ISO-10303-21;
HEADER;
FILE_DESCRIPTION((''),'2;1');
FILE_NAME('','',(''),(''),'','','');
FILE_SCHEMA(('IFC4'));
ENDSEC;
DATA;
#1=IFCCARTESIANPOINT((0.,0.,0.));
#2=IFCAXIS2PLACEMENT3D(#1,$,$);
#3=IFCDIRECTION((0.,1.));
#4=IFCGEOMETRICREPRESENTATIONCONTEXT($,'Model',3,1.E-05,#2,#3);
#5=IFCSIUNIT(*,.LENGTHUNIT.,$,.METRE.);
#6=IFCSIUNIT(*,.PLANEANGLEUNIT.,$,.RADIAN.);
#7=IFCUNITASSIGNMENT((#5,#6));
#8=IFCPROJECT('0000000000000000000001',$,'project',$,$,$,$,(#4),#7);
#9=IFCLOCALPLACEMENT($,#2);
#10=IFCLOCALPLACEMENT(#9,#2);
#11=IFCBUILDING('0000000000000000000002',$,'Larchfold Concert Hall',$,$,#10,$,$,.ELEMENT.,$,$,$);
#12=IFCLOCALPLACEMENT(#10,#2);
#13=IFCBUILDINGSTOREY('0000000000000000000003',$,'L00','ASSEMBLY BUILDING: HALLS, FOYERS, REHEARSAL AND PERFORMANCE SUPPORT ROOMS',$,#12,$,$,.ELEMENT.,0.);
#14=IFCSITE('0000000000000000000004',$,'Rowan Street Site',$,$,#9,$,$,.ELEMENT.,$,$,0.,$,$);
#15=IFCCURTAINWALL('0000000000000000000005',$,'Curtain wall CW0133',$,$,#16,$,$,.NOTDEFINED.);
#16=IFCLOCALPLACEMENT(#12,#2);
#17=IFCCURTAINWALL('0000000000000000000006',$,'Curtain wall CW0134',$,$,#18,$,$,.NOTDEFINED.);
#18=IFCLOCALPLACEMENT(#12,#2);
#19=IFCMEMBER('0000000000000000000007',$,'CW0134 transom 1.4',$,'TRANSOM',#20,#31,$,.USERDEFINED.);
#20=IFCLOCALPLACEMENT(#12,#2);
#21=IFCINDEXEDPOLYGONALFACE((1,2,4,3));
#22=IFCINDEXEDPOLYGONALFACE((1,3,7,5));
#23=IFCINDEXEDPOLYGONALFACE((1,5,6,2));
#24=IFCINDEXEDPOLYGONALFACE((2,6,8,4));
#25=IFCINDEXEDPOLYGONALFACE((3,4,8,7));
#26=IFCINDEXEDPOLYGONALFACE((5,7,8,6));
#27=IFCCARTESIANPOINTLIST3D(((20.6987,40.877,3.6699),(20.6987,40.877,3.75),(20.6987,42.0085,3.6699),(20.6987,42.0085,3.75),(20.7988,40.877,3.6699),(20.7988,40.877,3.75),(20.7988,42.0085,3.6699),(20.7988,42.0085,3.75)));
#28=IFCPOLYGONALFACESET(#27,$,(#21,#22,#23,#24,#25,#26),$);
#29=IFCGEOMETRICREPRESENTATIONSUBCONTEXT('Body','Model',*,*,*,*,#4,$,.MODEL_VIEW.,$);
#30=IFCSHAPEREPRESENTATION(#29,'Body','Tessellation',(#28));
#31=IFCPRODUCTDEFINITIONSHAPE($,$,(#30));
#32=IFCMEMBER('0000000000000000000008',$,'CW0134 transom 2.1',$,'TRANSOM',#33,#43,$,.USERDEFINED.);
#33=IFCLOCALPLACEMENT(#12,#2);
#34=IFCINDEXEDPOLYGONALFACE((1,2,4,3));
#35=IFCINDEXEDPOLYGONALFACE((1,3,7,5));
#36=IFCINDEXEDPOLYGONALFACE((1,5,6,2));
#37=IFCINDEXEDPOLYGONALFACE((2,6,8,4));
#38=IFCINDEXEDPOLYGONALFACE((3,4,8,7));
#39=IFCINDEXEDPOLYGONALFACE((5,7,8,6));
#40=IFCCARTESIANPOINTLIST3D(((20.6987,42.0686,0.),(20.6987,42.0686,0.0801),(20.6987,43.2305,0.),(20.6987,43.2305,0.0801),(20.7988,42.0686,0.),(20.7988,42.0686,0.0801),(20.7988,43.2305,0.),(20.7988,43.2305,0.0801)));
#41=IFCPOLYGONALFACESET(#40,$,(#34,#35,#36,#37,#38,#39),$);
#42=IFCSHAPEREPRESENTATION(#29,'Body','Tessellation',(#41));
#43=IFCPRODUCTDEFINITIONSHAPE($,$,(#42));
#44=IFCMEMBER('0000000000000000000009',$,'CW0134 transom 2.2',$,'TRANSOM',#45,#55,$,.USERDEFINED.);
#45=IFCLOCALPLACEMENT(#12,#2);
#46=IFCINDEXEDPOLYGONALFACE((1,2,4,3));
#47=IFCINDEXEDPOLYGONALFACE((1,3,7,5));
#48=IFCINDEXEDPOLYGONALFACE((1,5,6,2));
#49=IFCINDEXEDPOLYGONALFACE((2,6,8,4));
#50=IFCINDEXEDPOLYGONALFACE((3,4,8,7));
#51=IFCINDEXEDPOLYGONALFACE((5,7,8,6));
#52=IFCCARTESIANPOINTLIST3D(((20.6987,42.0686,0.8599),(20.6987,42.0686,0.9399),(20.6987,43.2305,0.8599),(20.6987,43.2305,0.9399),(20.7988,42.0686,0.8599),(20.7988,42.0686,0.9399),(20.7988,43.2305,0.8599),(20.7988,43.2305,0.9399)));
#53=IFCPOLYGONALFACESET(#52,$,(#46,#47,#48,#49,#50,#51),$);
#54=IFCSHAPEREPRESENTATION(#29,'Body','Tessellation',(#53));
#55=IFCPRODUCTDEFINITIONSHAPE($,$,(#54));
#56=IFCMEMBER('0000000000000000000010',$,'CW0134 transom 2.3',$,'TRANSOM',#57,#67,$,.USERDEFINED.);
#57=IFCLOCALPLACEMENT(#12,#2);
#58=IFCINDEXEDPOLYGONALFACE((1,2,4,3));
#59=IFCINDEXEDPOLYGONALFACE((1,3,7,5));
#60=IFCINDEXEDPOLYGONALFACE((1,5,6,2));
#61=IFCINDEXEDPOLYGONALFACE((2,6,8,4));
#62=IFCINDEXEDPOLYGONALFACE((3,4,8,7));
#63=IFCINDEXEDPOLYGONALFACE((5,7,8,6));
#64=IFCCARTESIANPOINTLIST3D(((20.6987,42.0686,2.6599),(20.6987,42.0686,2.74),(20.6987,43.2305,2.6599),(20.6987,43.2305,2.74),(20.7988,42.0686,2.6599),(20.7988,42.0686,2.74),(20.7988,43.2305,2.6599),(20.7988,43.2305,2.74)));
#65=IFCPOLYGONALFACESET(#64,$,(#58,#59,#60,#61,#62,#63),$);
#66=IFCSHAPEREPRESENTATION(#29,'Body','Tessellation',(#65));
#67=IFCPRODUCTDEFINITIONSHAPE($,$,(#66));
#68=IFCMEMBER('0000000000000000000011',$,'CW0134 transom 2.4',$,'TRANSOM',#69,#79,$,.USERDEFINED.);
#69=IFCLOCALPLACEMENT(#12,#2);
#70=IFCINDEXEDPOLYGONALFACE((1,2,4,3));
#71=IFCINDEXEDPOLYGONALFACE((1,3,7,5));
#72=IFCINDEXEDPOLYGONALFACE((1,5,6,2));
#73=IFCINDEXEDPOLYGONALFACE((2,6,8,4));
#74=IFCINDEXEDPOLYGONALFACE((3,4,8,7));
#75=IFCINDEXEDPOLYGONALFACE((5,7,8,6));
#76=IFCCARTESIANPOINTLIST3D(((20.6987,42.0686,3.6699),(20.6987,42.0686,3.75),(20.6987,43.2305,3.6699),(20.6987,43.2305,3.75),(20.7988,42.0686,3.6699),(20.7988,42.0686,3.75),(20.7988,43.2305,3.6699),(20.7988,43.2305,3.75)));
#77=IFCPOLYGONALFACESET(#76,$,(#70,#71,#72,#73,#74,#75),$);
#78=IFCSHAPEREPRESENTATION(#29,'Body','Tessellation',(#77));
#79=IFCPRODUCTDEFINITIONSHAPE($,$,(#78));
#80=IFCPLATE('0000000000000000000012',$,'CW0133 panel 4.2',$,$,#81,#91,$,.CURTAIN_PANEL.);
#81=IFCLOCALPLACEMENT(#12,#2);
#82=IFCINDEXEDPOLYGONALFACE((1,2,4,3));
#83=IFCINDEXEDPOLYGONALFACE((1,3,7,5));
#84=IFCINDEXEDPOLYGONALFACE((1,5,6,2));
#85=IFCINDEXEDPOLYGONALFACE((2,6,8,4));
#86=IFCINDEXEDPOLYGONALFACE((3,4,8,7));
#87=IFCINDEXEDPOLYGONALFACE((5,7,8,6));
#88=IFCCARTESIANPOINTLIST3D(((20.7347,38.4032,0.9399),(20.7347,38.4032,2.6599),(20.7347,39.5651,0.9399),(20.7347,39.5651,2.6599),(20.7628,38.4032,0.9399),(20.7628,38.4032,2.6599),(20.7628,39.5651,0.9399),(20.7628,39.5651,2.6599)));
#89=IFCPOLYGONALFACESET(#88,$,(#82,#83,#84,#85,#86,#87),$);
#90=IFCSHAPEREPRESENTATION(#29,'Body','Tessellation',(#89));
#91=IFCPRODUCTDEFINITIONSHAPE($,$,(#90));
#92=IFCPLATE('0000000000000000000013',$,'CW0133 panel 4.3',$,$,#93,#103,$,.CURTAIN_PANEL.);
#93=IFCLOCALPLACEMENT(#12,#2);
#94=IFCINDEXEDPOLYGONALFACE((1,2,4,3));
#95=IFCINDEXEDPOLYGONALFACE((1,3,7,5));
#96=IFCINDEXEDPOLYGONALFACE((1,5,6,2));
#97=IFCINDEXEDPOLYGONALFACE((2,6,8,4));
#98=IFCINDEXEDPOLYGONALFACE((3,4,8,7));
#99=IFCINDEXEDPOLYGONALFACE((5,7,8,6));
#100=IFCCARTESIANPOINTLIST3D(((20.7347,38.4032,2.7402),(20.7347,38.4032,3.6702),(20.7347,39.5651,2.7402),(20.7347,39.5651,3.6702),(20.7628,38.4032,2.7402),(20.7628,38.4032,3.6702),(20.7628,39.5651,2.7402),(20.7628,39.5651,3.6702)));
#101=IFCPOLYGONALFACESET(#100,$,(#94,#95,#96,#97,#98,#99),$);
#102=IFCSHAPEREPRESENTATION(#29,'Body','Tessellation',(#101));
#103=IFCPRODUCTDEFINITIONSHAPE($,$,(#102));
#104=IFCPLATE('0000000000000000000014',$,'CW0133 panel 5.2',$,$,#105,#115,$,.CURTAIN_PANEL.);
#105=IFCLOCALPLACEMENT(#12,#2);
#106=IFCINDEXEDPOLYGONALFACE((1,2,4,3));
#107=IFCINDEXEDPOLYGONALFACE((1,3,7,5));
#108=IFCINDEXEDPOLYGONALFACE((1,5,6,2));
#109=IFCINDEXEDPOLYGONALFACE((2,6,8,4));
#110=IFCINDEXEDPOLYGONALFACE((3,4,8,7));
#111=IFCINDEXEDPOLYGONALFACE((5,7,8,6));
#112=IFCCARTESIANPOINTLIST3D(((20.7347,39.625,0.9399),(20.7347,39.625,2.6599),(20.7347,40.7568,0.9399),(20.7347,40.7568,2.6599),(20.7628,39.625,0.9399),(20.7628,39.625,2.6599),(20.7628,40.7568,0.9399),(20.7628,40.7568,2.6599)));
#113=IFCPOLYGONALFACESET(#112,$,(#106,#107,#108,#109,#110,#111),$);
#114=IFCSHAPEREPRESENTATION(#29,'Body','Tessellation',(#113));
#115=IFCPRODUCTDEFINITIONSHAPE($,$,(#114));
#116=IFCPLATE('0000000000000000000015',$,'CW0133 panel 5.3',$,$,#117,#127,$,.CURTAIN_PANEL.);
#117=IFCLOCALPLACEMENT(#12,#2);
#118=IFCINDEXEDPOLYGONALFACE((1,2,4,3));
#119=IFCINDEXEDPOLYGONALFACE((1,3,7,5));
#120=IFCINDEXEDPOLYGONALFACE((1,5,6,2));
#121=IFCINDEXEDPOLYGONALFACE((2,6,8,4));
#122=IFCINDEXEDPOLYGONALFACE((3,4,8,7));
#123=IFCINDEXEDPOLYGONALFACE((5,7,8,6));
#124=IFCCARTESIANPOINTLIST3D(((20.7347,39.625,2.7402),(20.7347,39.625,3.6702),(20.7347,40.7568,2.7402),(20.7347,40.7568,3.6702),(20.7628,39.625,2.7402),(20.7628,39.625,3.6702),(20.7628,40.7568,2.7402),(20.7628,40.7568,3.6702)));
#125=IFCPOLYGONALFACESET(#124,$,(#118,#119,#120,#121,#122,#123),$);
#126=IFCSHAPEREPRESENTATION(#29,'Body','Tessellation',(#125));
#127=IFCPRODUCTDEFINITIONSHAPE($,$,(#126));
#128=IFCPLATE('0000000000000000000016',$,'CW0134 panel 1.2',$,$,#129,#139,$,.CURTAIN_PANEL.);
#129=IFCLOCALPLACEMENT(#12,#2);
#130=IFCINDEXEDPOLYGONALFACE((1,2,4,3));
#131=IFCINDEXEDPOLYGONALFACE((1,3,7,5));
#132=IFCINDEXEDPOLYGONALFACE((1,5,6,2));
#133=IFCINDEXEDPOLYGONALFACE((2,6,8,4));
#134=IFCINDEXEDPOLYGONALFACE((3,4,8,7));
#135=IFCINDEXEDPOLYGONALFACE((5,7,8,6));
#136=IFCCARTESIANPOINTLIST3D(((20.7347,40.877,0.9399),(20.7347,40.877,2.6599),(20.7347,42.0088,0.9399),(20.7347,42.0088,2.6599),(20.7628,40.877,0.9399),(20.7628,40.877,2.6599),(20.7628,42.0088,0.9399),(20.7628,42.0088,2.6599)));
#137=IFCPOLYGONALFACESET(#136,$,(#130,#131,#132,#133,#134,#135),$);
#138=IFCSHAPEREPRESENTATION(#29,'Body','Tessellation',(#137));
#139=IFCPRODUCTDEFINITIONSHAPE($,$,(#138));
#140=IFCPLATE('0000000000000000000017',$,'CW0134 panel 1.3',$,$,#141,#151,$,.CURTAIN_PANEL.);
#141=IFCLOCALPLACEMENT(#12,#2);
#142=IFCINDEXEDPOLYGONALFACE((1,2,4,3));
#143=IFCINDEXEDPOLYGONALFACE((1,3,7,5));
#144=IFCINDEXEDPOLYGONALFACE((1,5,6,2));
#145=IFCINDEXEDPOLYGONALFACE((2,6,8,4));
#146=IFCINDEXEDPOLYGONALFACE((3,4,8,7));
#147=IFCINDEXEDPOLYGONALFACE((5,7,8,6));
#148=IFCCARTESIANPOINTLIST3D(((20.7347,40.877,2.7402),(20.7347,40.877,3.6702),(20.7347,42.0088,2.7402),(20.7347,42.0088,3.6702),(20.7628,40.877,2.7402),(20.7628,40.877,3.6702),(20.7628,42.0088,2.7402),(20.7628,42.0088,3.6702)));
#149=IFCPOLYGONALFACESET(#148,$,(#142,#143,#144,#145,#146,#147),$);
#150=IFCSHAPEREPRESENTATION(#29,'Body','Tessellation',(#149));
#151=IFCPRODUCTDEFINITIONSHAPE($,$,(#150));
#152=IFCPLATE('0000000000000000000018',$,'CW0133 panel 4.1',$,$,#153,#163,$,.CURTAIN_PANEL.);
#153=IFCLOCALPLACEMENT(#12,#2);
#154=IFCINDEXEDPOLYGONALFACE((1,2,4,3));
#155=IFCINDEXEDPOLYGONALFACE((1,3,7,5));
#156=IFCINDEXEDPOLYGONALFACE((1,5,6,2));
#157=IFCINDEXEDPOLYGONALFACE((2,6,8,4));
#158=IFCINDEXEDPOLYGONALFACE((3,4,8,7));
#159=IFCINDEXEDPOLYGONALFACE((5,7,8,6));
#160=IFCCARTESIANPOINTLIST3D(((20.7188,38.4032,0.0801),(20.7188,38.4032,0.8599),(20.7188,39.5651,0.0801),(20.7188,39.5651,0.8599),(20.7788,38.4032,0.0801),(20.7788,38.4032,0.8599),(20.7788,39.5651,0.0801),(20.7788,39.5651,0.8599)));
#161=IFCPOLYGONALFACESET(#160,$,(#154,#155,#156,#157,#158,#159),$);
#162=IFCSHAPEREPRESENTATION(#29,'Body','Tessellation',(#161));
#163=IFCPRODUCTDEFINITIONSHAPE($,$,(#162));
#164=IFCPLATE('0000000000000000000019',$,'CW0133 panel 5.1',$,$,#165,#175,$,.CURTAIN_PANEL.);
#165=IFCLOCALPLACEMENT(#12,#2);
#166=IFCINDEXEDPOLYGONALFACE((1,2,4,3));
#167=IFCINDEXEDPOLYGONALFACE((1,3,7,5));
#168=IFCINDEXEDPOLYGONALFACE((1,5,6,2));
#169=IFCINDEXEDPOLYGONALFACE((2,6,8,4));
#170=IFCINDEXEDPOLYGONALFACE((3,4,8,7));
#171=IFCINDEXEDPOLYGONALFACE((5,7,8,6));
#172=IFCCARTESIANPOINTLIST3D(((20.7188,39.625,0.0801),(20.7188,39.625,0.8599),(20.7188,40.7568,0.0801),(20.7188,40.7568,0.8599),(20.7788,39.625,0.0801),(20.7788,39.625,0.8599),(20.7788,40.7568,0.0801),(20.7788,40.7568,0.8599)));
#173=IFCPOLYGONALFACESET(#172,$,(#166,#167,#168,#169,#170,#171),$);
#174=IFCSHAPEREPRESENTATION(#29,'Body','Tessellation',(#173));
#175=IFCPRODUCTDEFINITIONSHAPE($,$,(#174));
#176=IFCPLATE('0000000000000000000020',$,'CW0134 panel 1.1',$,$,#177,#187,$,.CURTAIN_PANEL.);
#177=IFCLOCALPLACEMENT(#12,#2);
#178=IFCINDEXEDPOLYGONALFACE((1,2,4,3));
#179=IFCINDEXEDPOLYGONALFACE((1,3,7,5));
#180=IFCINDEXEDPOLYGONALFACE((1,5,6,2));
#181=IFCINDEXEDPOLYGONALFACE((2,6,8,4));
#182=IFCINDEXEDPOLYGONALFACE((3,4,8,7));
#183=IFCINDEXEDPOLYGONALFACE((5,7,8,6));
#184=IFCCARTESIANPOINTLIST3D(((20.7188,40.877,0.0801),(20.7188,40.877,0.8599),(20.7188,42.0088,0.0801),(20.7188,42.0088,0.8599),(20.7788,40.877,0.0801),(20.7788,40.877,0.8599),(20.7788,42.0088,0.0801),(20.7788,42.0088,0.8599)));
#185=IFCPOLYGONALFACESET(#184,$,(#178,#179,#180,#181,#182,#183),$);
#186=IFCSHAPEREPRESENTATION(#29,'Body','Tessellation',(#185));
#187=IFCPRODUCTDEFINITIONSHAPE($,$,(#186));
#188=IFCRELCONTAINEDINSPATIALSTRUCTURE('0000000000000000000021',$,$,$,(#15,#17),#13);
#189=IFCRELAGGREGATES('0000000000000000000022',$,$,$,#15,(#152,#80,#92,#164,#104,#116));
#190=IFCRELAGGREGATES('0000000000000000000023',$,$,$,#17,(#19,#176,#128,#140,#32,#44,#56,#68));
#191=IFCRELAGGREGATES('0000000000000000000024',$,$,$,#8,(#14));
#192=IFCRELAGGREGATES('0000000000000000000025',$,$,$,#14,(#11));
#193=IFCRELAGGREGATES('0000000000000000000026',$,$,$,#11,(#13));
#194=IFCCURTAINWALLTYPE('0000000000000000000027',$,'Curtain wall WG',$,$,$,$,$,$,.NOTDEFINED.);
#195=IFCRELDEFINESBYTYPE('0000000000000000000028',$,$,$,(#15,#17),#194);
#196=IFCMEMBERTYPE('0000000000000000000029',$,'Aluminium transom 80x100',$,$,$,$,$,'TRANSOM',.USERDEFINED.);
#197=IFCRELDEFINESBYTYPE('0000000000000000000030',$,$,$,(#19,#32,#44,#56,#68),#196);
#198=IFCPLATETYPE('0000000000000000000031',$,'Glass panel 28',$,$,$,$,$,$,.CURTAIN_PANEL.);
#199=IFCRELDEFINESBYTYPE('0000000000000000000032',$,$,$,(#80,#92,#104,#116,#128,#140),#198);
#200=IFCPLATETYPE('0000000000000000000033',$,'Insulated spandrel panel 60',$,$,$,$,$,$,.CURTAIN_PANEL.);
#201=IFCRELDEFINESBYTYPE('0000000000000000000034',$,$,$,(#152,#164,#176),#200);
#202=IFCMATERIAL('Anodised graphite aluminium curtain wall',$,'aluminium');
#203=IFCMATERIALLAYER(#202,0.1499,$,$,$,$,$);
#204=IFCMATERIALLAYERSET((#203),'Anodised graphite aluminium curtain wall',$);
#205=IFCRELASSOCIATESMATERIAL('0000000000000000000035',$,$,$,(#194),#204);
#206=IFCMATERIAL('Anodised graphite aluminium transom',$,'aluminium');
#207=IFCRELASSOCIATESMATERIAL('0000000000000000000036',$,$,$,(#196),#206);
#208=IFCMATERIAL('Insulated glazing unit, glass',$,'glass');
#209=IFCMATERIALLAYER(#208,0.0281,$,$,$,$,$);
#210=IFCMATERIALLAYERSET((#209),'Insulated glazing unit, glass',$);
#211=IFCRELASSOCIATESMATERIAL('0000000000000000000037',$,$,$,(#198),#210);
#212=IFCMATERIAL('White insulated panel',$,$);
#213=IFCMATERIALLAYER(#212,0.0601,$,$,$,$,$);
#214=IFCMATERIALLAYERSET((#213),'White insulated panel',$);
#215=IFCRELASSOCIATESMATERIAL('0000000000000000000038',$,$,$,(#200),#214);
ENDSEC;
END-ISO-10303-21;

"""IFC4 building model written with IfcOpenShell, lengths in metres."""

from ifc_helpers import new_model, si_unit, direction, frame, origin, origin_2d, place, context, subcontext, project, spatial, rectangle, extrude, material, layer, layer_set, material_profile, profile_set, type_object, element, aggregate, save


model = new_model("IFC4")

# Units and contexts
model_context = context("Model", 3, precision=1e-05, world=origin(), true_north=direction((0.0, 1.0)))
body_context = subcontext(model_context, "Body", "Model", "MODEL_VIEW")
ifc_project = project(units=[si_unit("LENGTHUNIT", "METRE"), si_unit("PLANEANGLEUNIT", "RADIAN")], contexts=[model_context])

# Site, building, storey
site_placement = place(None, origin())
site = spatial("IfcSite", under=ifc_project, at=site_placement, Name="Rowan Street Site", CompositionType="ELEMENT", RefElevation=0.0)
building_placement = place(site_placement, origin())
building = spatial("IfcBuilding", under=site, at=building_placement, Name="Larchfold Concert Hall", CompositionType="ELEMENT")
storey_placement = place(building_placement, origin())
storey = spatial("IfcBuildingStorey", under=building, at=storey_placement, Name="L00", Description="ASSEMBLY BUILDING: HALLS, FOYERS, REHEARSAL AND PERFORMANCE SUPPORT ROOMS", CompositionType="ELEMENT", Elevation=0.0)

# Curtain walls
ifc_material_1 = material(Name="Anodised graphite aluminium curtain wall", Category="aluminium")
ifc_layer_1 = layer(ifc_material_1, 0.1499)
ifc_layer_set_1 = layer_set([ifc_layer_1], Name="Anodised graphite aluminium curtain wall")
curtain_wall_type = type_object("IfcCurtainWallType", Name="Curtain wall WG", PredefinedType="NOTDEFINED", material=ifc_layer_set_1)
curtain_wall_1_placement = place(storey_placement, origin())
curtain_wall_1 = element("IfcCurtainWall", 1, at=curtain_wall_1_placement, inside=storey, type_object=curtain_wall_type, Name="Curtain wall CW0133", PredefinedType="NOTDEFINED")
curtain_wall_2_placement = place(storey_placement, origin())
curtain_wall_2 = element("IfcCurtainWall", 2, at=curtain_wall_2_placement, inside=storey, type_object=curtain_wall_type, Name="Curtain wall CW0134", PredefinedType="NOTDEFINED")

# Members
ifc_material_2 = material(Name="Anodised graphite aluminium transom", Category="aluminium")
ifc_material_profile_1 = material_profile(ifc_material_2, rectangle(XDim=0.1001, YDim=0.0801, at=origin_2d()))
ifc_profile_set_1 = profile_set([ifc_material_profile_1], Name="Anodised graphite aluminium transom")
member_type_1 = type_object("IfcMemberType", Name="Aluminium transom 80x100", ElementType="TRANSOM", PredefinedType="USERDEFINED", material=ifc_profile_set_1)
member_1_placement = place(storey_placement, frame((20.7488, 40.877, 3.71), z_axis=(0.0, 1.0, 0.0), x_axis=(-1.0, 0.0, 0.0)))
member_1 = element("IfcMember", 3, at=member_1_placement, type_object=member_type_1, Name="CW0134 transom 1.4", ObjectType="TRANSOM", PredefinedType="USERDEFINED", context=body_context, shape_type="SweptSolid", body=[
    extrude(rectangle(XDim=0.1001, YDim=0.0801, at=origin_2d()), origin(), (0.0, 0.0, 1.0), 1.1316),
])
member_2_placement = place(storey_placement, frame((20.7488, 42.0686, 0.04), z_axis=(0.0, 1.0, 0.0), x_axis=(-1.0, 0.0, 0.0)))
member_2 = element("IfcMember", 4, at=member_2_placement, type_object=member_type_1, Name="CW0134 transom 2.1", ObjectType="TRANSOM", PredefinedType="USERDEFINED", context=body_context, shape_type="SweptSolid", body=[
    extrude(rectangle(XDim=0.1001, YDim=0.0801, at=origin_2d()), origin(), (0.0, 0.0, 1.0), 1.1619),
])
member_3_placement = place(storey_placement, frame((20.7488, 42.0686, 0.8999), z_axis=(0.0, 1.0, 0.0), x_axis=(-1.0, 0.0, 0.0)))
member_3 = element("IfcMember", 5, at=member_3_placement, type_object=member_type_1, Name="CW0134 transom 2.2", ObjectType="TRANSOM", PredefinedType="USERDEFINED", context=body_context, shape_type="SweptSolid", body=[
    extrude(rectangle(XDim=0.1001, YDim=0.0801, at=origin_2d()), origin(), (0.0, 0.0, 1.0), 1.1619),
])
member_4_placement = place(storey_placement, frame((20.7488, 42.0686, 2.7), z_axis=(0.0, 1.0, 0.0), x_axis=(-1.0, 0.0, 0.0)))
member_4 = element("IfcMember", 6, at=member_4_placement, type_object=member_type_1, Name="CW0134 transom 2.3", ObjectType="TRANSOM", PredefinedType="USERDEFINED", context=body_context, shape_type="SweptSolid", body=[
    extrude(rectangle(XDim=0.1001, YDim=0.0801, at=origin_2d()), origin(), (0.0, 0.0, 1.0), 1.1619),
])
member_5_placement = place(storey_placement, frame((20.7488, 42.0686, 3.71), z_axis=(0.0, 1.0, 0.0), x_axis=(-1.0, 0.0, 0.0)))
member_5 = element("IfcMember", 7, at=member_5_placement, type_object=member_type_1, Name="CW0134 transom 2.4", ObjectType="TRANSOM", PredefinedType="USERDEFINED", context=body_context, shape_type="SweptSolid", body=[
    extrude(rectangle(XDim=0.1001, YDim=0.0801, at=origin_2d()), origin(), (0.0, 0.0, 1.0), 1.1619),
])

# Plates
ifc_material_3 = material(Name="Insulated glazing unit, glass", Category="glass")
ifc_layer_2 = layer(ifc_material_3, 0.0281)
ifc_layer_set_2 = layer_set([ifc_layer_2], Name="Insulated glazing unit, glass")
plate_type_1 = type_object("IfcPlateType", Name="Glass panel 28", PredefinedType="CURTAIN_PANEL", material=ifc_layer_set_2)
plate_1_placement = place(storey_placement, frame((20.7488, 38.9841, 0.9399), z_axis=(0.0, 0.0, 1.0), x_axis=(0.0, 1.0, 0.0)))
plate_1 = element("IfcPlate", 8, at=plate_1_placement, type_object=plate_type_1, Name="CW0133 panel 4.2", PredefinedType="CURTAIN_PANEL", context=body_context, shape_type="SweptSolid", body=[
    extrude(rectangle(XDim=1.1619, YDim=0.0281, at=origin_2d()), origin(), (0.0, 0.0, 1.0), 1.72),
])
plate_2_placement = place(storey_placement, frame((20.7488, 38.9841, 2.7402), z_axis=(0.0, 0.0, 1.0), x_axis=(0.0, 1.0, 0.0)))
plate_2 = element("IfcPlate", 9, at=plate_2_placement, type_object=plate_type_1, Name="CW0133 panel 4.3", PredefinedType="CURTAIN_PANEL", context=body_context, shape_type="SweptSolid", body=[
    extrude(rectangle(XDim=1.1619, YDim=0.0281, at=origin_2d()), origin(), (0.0, 0.0, 1.0), 0.9299),
])
plate_3_placement = place(storey_placement, frame((20.7488, 40.1909, 0.9399), z_axis=(0.0, 0.0, 1.0), x_axis=(0.0, 1.0, 0.0)))
plate_3 = element("IfcPlate", 10, at=plate_3_placement, type_object=plate_type_1, Name="CW0133 panel 5.2", PredefinedType="CURTAIN_PANEL", context=body_context, shape_type="SweptSolid", body=[
    extrude(rectangle(XDim=1.1318, YDim=0.0281, at=origin_2d()), origin(), (0.0, 0.0, 1.0), 1.72),
])
plate_4_placement = place(storey_placement, frame((20.7488, 40.1909, 2.7402), z_axis=(0.0, 0.0, 1.0), x_axis=(0.0, 1.0, 0.0)))
plate_4 = element("IfcPlate", 11, at=plate_4_placement, type_object=plate_type_1, Name="CW0133 panel 5.3", PredefinedType="CURTAIN_PANEL", context=body_context, shape_type="SweptSolid", body=[
    extrude(rectangle(XDim=1.1318, YDim=0.0281, at=origin_2d()), origin(), (0.0, 0.0, 1.0), 0.9299),
])
plate_5_placement = place(storey_placement, frame((20.7488, 41.4429, 0.9399), z_axis=(0.0, 0.0, 1.0), x_axis=(0.0, 1.0, 0.0)))
plate_5 = element("IfcPlate", 12, at=plate_5_placement, type_object=plate_type_1, Name="CW0134 panel 1.2", PredefinedType="CURTAIN_PANEL", context=body_context, shape_type="SweptSolid", body=[
    extrude(rectangle(XDim=1.1318, YDim=0.0281, at=origin_2d()), origin(), (0.0, 0.0, 1.0), 1.72),
])
plate_6_placement = place(storey_placement, frame((20.7488, 41.4429, 2.7402), z_axis=(0.0, 0.0, 1.0), x_axis=(0.0, 1.0, 0.0)))
plate_6 = element("IfcPlate", 13, at=plate_6_placement, type_object=plate_type_1, Name="CW0134 panel 1.3", PredefinedType="CURTAIN_PANEL", context=body_context, shape_type="SweptSolid", body=[
    extrude(rectangle(XDim=1.1318, YDim=0.0281, at=origin_2d()), origin(), (0.0, 0.0, 1.0), 0.9299),
])
ifc_material_4 = material(Name="White insulated panel")
ifc_layer_3 = layer(ifc_material_4, 0.0601)
ifc_layer_set_3 = layer_set([ifc_layer_3], Name="White insulated panel")
plate_type_2 = type_object("IfcPlateType", Name="Insulated spandrel panel 60", PredefinedType="CURTAIN_PANEL", material=ifc_layer_set_3)
plate_7_placement = place(storey_placement, frame((20.7488, 38.9841, 0.0801), z_axis=(0.0, 0.0, 1.0), x_axis=(0.0, 1.0, 0.0)))
plate_7 = element("IfcPlate", 14, at=plate_7_placement, type_object=plate_type_2, Name="CW0133 panel 4.1", PredefinedType="CURTAIN_PANEL", context=body_context, shape_type="SweptSolid", body=[
    extrude(rectangle(XDim=1.1619, YDim=0.0601, at=origin_2d()), origin(), (0.0, 0.0, 1.0), 0.7798),
])
plate_8_placement = place(storey_placement, frame((20.7488, 40.1909, 0.0801), z_axis=(0.0, 0.0, 1.0), x_axis=(0.0, 1.0, 0.0)))
plate_8 = element("IfcPlate", 15, at=plate_8_placement, type_object=plate_type_2, Name="CW0133 panel 5.1", PredefinedType="CURTAIN_PANEL", context=body_context, shape_type="SweptSolid", body=[
    extrude(rectangle(XDim=1.1318, YDim=0.0601, at=origin_2d()), origin(), (0.0, 0.0, 1.0), 0.7798),
])
aggregate(curtain_wall_1, [plate_7, plate_1, plate_2, plate_8, plate_3, plate_4])
plate_9_placement = place(storey_placement, frame((20.7488, 41.4429, 0.0801), z_axis=(0.0, 0.0, 1.0), x_axis=(0.0, 1.0, 0.0)))
plate_9 = element("IfcPlate", 16, at=plate_9_placement, type_object=plate_type_2, Name="CW0134 panel 1.1", PredefinedType="CURTAIN_PANEL", context=body_context, shape_type="SweptSolid", body=[
    extrude(rectangle(XDim=1.1318, YDim=0.0601, at=origin_2d()), origin(), (0.0, 0.0, 1.0), 0.7798),
])
aggregate(curtain_wall_2, [member_1, plate_9, plate_5, plate_6, member_2, member_3, member_4, member_5])

save(model, "model.ifc")
